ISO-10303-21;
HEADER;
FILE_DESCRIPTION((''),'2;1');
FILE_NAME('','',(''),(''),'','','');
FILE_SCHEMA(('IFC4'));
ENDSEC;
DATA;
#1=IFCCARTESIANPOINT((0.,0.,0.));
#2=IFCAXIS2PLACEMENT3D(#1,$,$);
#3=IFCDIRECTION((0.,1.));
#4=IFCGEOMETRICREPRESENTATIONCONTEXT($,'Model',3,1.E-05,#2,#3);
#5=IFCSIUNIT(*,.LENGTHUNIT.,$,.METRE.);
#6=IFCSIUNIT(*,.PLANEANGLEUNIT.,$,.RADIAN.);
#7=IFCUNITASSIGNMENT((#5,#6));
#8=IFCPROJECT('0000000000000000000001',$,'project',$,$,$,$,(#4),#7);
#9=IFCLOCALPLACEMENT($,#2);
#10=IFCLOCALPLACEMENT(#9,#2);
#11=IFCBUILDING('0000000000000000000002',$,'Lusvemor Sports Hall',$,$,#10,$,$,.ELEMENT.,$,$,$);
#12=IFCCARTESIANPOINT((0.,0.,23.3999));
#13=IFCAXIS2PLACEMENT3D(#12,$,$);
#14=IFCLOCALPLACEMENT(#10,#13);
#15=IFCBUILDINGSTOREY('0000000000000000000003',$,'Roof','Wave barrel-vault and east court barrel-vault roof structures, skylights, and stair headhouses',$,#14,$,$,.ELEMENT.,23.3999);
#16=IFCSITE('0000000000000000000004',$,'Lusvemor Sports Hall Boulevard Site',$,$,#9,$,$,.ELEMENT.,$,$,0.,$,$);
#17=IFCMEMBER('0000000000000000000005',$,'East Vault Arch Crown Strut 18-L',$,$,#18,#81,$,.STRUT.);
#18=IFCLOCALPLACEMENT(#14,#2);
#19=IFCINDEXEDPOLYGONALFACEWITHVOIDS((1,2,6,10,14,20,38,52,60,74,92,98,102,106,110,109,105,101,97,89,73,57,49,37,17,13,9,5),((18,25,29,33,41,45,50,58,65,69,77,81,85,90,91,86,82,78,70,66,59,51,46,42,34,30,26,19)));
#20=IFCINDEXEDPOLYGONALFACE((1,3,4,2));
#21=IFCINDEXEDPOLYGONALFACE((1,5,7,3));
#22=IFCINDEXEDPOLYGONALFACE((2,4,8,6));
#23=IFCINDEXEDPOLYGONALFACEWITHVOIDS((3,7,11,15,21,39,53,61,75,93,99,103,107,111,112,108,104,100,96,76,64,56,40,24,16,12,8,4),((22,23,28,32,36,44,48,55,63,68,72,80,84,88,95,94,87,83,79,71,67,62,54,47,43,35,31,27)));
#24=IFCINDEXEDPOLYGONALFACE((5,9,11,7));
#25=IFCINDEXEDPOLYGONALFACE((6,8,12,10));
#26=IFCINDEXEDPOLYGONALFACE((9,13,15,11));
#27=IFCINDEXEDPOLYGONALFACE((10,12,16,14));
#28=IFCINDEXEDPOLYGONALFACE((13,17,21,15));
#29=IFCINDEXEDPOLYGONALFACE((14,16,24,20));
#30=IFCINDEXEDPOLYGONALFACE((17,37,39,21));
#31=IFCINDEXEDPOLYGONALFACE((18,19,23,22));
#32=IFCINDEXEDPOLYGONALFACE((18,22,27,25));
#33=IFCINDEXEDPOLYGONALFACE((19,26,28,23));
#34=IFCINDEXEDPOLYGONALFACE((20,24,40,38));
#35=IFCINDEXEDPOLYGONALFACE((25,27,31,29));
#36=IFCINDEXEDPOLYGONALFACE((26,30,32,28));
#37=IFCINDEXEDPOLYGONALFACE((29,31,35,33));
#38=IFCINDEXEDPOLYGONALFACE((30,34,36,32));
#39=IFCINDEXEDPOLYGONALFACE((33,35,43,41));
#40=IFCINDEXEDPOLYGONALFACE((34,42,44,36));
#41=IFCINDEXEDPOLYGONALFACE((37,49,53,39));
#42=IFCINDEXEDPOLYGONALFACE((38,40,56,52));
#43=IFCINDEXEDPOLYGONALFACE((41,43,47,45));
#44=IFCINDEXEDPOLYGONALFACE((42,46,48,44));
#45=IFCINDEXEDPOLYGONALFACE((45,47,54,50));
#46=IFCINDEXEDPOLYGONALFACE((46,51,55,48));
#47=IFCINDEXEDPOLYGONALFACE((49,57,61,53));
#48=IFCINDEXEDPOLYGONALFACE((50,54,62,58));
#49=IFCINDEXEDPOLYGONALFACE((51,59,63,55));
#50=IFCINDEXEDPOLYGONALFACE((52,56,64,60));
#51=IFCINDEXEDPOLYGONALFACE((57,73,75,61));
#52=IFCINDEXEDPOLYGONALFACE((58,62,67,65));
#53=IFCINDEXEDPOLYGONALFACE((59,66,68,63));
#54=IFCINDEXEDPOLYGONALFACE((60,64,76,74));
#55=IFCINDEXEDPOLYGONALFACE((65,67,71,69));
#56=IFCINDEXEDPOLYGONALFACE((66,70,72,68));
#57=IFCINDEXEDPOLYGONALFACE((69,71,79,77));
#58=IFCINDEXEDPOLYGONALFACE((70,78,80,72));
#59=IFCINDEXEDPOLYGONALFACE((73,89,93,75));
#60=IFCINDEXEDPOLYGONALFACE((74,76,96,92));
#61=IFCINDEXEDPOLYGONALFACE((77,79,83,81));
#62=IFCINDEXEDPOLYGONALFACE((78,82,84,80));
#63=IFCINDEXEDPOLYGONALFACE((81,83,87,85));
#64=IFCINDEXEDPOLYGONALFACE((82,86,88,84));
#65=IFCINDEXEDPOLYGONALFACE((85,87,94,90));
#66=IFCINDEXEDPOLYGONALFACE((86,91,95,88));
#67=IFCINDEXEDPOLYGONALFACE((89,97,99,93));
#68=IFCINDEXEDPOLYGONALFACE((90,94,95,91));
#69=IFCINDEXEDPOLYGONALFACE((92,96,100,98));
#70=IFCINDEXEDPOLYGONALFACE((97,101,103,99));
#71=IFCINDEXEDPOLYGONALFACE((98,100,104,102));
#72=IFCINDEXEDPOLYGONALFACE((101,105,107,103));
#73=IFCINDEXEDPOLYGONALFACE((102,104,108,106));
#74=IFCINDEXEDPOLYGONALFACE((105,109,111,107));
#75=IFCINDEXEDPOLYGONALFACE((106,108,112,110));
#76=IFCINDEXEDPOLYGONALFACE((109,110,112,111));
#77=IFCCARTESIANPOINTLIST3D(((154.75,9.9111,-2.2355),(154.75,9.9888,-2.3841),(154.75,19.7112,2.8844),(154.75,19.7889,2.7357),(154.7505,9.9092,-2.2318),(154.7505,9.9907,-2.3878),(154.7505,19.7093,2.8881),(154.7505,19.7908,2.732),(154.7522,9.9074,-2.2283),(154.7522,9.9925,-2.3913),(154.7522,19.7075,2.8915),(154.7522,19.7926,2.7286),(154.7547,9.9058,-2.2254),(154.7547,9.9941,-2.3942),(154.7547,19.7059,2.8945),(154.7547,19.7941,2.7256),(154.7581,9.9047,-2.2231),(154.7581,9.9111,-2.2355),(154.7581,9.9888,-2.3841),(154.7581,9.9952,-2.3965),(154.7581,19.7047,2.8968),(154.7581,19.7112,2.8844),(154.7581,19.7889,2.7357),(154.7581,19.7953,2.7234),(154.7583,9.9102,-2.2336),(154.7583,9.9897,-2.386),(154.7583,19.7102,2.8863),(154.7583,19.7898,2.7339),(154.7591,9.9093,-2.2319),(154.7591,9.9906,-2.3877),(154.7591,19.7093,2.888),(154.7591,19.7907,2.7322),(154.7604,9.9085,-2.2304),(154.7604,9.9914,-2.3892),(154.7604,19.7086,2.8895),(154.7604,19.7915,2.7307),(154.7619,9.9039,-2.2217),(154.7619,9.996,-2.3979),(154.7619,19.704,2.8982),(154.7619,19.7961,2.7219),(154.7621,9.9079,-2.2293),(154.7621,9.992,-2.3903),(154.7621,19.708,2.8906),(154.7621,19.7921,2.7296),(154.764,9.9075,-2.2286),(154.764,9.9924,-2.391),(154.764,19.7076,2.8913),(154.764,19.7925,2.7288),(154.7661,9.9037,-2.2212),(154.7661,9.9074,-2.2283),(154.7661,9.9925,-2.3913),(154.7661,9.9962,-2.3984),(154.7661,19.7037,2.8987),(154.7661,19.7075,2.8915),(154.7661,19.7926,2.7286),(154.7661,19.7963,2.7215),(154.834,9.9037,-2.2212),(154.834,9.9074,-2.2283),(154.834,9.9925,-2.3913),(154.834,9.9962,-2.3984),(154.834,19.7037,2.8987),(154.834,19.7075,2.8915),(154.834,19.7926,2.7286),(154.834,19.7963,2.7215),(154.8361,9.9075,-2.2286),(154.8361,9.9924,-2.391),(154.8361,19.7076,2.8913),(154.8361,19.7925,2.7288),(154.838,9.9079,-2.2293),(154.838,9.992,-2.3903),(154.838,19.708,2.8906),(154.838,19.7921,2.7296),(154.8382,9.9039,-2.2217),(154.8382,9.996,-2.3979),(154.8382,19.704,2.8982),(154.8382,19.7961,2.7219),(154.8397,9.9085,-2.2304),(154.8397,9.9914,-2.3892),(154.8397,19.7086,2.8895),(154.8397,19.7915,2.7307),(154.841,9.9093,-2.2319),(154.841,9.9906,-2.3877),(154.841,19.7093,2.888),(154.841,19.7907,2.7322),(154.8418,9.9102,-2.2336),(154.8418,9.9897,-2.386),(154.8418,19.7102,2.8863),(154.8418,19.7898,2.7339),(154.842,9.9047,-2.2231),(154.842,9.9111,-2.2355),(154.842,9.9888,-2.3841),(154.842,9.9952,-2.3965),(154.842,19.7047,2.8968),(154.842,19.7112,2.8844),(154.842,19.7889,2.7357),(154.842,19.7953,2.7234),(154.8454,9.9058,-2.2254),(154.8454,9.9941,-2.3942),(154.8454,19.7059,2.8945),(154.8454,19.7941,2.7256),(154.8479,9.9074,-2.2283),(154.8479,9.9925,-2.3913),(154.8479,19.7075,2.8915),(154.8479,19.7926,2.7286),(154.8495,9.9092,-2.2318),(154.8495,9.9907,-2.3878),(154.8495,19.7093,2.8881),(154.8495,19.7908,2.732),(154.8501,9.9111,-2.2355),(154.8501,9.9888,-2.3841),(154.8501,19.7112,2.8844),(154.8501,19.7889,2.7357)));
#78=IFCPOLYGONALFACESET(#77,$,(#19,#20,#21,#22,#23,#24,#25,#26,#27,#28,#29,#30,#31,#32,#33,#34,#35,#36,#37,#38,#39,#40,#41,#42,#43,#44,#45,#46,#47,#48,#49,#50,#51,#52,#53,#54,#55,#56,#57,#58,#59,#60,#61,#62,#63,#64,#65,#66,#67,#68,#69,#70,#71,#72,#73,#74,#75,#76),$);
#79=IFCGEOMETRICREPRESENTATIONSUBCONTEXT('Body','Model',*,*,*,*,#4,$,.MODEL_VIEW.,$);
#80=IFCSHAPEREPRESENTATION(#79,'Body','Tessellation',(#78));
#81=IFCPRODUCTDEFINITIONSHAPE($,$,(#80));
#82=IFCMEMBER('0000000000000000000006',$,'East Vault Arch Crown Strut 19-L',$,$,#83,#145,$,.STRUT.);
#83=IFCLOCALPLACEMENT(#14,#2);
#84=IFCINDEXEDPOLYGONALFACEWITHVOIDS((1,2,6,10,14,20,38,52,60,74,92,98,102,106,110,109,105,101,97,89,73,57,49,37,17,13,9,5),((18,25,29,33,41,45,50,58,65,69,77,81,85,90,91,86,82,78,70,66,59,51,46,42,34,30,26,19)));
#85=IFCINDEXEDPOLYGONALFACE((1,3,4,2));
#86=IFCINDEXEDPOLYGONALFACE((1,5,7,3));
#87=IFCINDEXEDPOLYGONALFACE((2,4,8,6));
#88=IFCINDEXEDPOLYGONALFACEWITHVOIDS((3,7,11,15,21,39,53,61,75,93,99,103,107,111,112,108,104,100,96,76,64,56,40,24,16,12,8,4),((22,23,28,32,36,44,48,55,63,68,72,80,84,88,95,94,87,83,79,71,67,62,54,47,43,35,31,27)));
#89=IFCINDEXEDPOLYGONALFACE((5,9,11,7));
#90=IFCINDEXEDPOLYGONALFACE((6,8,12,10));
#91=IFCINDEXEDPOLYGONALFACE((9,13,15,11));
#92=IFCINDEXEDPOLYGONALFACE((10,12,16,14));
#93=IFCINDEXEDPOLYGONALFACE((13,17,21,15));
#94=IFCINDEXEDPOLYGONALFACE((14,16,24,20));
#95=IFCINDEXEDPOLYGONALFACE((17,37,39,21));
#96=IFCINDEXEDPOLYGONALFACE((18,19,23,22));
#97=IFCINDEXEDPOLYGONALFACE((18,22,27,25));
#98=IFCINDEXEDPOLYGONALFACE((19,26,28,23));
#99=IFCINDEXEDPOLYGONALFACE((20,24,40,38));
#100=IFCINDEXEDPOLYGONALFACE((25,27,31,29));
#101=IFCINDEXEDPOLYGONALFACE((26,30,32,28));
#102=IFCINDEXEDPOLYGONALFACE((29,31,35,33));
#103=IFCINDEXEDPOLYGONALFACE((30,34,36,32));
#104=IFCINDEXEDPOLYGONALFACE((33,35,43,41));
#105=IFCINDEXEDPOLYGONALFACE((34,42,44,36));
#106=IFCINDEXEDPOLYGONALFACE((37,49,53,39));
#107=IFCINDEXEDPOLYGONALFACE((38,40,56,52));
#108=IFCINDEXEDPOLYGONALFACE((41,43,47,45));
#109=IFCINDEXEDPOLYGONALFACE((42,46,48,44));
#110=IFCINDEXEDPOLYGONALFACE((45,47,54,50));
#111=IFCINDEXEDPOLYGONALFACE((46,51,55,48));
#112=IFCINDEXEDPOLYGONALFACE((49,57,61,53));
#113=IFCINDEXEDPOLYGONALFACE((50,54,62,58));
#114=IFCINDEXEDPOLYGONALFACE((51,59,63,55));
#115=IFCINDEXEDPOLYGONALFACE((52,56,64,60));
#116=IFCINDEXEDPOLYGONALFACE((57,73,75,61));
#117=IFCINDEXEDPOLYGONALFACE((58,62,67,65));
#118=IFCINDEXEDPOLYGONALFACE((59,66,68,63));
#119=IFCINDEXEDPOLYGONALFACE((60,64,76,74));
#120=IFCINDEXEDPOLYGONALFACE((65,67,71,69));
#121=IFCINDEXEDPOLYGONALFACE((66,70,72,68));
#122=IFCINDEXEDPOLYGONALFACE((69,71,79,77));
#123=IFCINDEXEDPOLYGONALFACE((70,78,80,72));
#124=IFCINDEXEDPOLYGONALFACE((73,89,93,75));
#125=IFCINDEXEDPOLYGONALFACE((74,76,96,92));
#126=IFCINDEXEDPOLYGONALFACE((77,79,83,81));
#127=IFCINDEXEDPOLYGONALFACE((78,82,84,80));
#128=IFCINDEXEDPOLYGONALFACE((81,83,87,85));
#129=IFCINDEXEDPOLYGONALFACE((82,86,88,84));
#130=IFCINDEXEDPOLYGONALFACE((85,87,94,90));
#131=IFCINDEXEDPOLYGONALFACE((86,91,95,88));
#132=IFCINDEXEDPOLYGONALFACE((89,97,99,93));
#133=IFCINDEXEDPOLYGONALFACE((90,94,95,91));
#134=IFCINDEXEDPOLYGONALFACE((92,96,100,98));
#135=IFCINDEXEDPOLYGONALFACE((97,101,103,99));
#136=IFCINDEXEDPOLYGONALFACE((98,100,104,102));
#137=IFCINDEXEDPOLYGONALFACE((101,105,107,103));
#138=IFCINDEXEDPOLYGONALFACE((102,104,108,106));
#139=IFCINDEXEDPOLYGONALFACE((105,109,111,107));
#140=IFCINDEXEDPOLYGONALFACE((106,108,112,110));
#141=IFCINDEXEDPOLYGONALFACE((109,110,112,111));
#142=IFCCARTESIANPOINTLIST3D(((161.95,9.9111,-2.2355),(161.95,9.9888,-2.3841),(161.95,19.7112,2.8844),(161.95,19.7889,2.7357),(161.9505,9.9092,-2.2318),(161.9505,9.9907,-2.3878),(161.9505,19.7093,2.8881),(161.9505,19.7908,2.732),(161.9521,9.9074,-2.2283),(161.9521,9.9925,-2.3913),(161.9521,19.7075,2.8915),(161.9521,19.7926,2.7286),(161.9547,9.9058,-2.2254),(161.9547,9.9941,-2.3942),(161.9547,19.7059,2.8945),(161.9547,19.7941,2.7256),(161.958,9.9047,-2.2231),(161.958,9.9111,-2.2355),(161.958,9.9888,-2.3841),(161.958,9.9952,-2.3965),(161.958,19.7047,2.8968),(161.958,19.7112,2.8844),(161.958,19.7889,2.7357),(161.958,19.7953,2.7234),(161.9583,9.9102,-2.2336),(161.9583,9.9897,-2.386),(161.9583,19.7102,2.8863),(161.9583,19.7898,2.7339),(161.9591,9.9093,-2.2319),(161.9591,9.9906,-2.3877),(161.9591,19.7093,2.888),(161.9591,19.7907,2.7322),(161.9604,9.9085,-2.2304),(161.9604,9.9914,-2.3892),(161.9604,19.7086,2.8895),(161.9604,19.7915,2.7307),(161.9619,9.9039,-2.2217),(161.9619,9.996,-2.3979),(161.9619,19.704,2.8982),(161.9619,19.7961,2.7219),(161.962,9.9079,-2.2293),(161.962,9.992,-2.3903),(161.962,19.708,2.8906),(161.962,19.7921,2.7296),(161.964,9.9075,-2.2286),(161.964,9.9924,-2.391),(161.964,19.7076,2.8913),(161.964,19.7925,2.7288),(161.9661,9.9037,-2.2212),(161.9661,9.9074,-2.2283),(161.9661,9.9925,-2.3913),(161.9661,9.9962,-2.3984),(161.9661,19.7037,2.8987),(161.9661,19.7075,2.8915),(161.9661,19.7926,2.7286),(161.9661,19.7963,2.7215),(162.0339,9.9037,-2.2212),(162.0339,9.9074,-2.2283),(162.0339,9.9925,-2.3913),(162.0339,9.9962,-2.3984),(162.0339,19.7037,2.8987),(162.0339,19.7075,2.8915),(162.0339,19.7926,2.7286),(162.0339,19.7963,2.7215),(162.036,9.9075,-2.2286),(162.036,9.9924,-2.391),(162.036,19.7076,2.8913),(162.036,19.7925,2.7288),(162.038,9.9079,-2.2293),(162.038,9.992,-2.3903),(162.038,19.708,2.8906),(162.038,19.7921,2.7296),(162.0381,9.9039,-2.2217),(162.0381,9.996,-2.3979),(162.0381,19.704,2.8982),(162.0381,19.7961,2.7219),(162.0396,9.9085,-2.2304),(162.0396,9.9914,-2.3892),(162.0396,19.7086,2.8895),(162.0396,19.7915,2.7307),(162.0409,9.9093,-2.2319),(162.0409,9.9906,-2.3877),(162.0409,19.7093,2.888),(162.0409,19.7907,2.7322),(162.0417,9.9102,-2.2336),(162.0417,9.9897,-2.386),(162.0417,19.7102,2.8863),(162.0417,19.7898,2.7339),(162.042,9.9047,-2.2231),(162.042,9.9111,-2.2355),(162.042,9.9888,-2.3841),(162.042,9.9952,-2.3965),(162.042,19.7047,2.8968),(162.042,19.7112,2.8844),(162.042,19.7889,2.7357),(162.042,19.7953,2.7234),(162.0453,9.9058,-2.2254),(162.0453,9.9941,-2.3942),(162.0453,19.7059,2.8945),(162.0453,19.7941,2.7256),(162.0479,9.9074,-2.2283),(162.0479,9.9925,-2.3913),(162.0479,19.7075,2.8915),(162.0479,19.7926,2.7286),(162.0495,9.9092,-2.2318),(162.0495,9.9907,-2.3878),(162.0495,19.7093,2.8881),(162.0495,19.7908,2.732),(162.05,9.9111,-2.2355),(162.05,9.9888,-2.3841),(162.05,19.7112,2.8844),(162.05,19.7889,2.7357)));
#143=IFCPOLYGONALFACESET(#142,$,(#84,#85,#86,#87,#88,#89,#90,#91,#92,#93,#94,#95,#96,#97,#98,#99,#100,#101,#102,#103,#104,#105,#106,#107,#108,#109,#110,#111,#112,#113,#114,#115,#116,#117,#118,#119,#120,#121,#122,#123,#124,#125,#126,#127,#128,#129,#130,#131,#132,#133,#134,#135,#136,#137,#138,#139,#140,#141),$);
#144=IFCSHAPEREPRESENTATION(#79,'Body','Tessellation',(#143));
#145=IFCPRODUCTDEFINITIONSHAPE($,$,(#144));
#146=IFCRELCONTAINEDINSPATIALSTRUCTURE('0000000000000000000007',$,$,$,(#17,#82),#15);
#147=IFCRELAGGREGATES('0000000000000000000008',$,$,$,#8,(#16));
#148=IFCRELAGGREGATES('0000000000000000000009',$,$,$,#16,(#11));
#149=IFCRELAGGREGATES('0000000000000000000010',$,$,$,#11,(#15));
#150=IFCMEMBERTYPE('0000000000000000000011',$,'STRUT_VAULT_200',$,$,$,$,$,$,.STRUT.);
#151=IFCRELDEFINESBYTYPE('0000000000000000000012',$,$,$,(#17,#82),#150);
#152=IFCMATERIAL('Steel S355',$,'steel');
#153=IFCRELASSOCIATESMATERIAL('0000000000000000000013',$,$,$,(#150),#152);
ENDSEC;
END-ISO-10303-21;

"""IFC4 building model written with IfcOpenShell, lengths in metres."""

from ifc_helpers import new_model, si_unit, direction, frame, origin, origin_2d, place, context, subcontext, project, spatial, hollow_rectangle, extrude, material, material_profile, profile_set, type_object, element, save


model = new_model("IFC4")

# Units and contexts
model_context = context("Model", 3, precision=1e-05, world=origin(), true_north=direction((0.0, 1.0)))
body_context = subcontext(model_context, "Body", "Model", "MODEL_VIEW")
ifc_project = project(units=[si_unit("LENGTHUNIT", "METRE"), si_unit("PLANEANGLEUNIT", "RADIAN")], contexts=[model_context])

# Site, building, storey
site_placement = place(None, origin())
site = spatial("IfcSite", under=ifc_project, at=site_placement, Name="Lusvemor Sports Hall Boulevard Site", CompositionType="ELEMENT", RefElevation=0.0)
building_placement = place(site_placement, origin())
building = spatial("IfcBuilding", under=site, at=building_placement, Name="Lusvemor Sports Hall", CompositionType="ELEMENT")
storey_placement = place(building_placement, frame((0.0, 0.0, 23.3999)))
storey = spatial("IfcBuildingStorey", under=building, at=storey_placement, Name="Roof", Description="Wave barrel-vault and east court barrel-vault roof structures, skylights, and stair headhouses", CompositionType="ELEMENT", Elevation=23.3999)

# Members
ifc_material_1 = material(Name="Steel S355", Category="steel")
ifc_material_profile_1 = material_profile(ifc_material_1, hollow_rectangle(XDim=0.1001, YDim=0.2, WallThickness=0.0081, InnerFilletRadius=0.0081, OuterFilletRadius=0.0161, at=origin_2d()), Name="RHS200x100x8")
ifc_profile_set_1 = profile_set([ifc_material_profile_1], Name="Steel S355")
member_type_1 = type_object("IfcMemberType", Name="STRUT_VAULT_200", PredefinedType="STRUT", material=ifc_profile_set_1)
for number, where, z_axis, x_axis, name in (
    (1, (154.8, 9.95, -2.3098), (0.0, 0.886332, 0.46305), (-1.0, 0.0, 0.0), "East Vault Arch Crown Strut 18-L"),
    (2, (162.0, 9.95, -2.3098), (0.0, 0.886332, 0.46305), (-1.0, 0.0, 0.0), "East Vault Arch Crown Strut 19-L"),
):
    element("IfcMember", number, at=place(storey_placement, frame(where, z_axis=z_axis, x_axis=x_axis)), inside=storey, type_object=member_type_1, Name=name, PredefinedType="STRUT", context=body_context, shape_type="SweptSolid", body=[
        extrude(hollow_rectangle(XDim=0.1001, YDim=0.2, WallThickness=0.0081, InnerFilletRadius=0.0081, OuterFilletRadius=0.0161, at=origin_2d()), origin(), (0.0, 0.0, 1.0), 11.0569),
    ])

save(model, "model.ifc")
